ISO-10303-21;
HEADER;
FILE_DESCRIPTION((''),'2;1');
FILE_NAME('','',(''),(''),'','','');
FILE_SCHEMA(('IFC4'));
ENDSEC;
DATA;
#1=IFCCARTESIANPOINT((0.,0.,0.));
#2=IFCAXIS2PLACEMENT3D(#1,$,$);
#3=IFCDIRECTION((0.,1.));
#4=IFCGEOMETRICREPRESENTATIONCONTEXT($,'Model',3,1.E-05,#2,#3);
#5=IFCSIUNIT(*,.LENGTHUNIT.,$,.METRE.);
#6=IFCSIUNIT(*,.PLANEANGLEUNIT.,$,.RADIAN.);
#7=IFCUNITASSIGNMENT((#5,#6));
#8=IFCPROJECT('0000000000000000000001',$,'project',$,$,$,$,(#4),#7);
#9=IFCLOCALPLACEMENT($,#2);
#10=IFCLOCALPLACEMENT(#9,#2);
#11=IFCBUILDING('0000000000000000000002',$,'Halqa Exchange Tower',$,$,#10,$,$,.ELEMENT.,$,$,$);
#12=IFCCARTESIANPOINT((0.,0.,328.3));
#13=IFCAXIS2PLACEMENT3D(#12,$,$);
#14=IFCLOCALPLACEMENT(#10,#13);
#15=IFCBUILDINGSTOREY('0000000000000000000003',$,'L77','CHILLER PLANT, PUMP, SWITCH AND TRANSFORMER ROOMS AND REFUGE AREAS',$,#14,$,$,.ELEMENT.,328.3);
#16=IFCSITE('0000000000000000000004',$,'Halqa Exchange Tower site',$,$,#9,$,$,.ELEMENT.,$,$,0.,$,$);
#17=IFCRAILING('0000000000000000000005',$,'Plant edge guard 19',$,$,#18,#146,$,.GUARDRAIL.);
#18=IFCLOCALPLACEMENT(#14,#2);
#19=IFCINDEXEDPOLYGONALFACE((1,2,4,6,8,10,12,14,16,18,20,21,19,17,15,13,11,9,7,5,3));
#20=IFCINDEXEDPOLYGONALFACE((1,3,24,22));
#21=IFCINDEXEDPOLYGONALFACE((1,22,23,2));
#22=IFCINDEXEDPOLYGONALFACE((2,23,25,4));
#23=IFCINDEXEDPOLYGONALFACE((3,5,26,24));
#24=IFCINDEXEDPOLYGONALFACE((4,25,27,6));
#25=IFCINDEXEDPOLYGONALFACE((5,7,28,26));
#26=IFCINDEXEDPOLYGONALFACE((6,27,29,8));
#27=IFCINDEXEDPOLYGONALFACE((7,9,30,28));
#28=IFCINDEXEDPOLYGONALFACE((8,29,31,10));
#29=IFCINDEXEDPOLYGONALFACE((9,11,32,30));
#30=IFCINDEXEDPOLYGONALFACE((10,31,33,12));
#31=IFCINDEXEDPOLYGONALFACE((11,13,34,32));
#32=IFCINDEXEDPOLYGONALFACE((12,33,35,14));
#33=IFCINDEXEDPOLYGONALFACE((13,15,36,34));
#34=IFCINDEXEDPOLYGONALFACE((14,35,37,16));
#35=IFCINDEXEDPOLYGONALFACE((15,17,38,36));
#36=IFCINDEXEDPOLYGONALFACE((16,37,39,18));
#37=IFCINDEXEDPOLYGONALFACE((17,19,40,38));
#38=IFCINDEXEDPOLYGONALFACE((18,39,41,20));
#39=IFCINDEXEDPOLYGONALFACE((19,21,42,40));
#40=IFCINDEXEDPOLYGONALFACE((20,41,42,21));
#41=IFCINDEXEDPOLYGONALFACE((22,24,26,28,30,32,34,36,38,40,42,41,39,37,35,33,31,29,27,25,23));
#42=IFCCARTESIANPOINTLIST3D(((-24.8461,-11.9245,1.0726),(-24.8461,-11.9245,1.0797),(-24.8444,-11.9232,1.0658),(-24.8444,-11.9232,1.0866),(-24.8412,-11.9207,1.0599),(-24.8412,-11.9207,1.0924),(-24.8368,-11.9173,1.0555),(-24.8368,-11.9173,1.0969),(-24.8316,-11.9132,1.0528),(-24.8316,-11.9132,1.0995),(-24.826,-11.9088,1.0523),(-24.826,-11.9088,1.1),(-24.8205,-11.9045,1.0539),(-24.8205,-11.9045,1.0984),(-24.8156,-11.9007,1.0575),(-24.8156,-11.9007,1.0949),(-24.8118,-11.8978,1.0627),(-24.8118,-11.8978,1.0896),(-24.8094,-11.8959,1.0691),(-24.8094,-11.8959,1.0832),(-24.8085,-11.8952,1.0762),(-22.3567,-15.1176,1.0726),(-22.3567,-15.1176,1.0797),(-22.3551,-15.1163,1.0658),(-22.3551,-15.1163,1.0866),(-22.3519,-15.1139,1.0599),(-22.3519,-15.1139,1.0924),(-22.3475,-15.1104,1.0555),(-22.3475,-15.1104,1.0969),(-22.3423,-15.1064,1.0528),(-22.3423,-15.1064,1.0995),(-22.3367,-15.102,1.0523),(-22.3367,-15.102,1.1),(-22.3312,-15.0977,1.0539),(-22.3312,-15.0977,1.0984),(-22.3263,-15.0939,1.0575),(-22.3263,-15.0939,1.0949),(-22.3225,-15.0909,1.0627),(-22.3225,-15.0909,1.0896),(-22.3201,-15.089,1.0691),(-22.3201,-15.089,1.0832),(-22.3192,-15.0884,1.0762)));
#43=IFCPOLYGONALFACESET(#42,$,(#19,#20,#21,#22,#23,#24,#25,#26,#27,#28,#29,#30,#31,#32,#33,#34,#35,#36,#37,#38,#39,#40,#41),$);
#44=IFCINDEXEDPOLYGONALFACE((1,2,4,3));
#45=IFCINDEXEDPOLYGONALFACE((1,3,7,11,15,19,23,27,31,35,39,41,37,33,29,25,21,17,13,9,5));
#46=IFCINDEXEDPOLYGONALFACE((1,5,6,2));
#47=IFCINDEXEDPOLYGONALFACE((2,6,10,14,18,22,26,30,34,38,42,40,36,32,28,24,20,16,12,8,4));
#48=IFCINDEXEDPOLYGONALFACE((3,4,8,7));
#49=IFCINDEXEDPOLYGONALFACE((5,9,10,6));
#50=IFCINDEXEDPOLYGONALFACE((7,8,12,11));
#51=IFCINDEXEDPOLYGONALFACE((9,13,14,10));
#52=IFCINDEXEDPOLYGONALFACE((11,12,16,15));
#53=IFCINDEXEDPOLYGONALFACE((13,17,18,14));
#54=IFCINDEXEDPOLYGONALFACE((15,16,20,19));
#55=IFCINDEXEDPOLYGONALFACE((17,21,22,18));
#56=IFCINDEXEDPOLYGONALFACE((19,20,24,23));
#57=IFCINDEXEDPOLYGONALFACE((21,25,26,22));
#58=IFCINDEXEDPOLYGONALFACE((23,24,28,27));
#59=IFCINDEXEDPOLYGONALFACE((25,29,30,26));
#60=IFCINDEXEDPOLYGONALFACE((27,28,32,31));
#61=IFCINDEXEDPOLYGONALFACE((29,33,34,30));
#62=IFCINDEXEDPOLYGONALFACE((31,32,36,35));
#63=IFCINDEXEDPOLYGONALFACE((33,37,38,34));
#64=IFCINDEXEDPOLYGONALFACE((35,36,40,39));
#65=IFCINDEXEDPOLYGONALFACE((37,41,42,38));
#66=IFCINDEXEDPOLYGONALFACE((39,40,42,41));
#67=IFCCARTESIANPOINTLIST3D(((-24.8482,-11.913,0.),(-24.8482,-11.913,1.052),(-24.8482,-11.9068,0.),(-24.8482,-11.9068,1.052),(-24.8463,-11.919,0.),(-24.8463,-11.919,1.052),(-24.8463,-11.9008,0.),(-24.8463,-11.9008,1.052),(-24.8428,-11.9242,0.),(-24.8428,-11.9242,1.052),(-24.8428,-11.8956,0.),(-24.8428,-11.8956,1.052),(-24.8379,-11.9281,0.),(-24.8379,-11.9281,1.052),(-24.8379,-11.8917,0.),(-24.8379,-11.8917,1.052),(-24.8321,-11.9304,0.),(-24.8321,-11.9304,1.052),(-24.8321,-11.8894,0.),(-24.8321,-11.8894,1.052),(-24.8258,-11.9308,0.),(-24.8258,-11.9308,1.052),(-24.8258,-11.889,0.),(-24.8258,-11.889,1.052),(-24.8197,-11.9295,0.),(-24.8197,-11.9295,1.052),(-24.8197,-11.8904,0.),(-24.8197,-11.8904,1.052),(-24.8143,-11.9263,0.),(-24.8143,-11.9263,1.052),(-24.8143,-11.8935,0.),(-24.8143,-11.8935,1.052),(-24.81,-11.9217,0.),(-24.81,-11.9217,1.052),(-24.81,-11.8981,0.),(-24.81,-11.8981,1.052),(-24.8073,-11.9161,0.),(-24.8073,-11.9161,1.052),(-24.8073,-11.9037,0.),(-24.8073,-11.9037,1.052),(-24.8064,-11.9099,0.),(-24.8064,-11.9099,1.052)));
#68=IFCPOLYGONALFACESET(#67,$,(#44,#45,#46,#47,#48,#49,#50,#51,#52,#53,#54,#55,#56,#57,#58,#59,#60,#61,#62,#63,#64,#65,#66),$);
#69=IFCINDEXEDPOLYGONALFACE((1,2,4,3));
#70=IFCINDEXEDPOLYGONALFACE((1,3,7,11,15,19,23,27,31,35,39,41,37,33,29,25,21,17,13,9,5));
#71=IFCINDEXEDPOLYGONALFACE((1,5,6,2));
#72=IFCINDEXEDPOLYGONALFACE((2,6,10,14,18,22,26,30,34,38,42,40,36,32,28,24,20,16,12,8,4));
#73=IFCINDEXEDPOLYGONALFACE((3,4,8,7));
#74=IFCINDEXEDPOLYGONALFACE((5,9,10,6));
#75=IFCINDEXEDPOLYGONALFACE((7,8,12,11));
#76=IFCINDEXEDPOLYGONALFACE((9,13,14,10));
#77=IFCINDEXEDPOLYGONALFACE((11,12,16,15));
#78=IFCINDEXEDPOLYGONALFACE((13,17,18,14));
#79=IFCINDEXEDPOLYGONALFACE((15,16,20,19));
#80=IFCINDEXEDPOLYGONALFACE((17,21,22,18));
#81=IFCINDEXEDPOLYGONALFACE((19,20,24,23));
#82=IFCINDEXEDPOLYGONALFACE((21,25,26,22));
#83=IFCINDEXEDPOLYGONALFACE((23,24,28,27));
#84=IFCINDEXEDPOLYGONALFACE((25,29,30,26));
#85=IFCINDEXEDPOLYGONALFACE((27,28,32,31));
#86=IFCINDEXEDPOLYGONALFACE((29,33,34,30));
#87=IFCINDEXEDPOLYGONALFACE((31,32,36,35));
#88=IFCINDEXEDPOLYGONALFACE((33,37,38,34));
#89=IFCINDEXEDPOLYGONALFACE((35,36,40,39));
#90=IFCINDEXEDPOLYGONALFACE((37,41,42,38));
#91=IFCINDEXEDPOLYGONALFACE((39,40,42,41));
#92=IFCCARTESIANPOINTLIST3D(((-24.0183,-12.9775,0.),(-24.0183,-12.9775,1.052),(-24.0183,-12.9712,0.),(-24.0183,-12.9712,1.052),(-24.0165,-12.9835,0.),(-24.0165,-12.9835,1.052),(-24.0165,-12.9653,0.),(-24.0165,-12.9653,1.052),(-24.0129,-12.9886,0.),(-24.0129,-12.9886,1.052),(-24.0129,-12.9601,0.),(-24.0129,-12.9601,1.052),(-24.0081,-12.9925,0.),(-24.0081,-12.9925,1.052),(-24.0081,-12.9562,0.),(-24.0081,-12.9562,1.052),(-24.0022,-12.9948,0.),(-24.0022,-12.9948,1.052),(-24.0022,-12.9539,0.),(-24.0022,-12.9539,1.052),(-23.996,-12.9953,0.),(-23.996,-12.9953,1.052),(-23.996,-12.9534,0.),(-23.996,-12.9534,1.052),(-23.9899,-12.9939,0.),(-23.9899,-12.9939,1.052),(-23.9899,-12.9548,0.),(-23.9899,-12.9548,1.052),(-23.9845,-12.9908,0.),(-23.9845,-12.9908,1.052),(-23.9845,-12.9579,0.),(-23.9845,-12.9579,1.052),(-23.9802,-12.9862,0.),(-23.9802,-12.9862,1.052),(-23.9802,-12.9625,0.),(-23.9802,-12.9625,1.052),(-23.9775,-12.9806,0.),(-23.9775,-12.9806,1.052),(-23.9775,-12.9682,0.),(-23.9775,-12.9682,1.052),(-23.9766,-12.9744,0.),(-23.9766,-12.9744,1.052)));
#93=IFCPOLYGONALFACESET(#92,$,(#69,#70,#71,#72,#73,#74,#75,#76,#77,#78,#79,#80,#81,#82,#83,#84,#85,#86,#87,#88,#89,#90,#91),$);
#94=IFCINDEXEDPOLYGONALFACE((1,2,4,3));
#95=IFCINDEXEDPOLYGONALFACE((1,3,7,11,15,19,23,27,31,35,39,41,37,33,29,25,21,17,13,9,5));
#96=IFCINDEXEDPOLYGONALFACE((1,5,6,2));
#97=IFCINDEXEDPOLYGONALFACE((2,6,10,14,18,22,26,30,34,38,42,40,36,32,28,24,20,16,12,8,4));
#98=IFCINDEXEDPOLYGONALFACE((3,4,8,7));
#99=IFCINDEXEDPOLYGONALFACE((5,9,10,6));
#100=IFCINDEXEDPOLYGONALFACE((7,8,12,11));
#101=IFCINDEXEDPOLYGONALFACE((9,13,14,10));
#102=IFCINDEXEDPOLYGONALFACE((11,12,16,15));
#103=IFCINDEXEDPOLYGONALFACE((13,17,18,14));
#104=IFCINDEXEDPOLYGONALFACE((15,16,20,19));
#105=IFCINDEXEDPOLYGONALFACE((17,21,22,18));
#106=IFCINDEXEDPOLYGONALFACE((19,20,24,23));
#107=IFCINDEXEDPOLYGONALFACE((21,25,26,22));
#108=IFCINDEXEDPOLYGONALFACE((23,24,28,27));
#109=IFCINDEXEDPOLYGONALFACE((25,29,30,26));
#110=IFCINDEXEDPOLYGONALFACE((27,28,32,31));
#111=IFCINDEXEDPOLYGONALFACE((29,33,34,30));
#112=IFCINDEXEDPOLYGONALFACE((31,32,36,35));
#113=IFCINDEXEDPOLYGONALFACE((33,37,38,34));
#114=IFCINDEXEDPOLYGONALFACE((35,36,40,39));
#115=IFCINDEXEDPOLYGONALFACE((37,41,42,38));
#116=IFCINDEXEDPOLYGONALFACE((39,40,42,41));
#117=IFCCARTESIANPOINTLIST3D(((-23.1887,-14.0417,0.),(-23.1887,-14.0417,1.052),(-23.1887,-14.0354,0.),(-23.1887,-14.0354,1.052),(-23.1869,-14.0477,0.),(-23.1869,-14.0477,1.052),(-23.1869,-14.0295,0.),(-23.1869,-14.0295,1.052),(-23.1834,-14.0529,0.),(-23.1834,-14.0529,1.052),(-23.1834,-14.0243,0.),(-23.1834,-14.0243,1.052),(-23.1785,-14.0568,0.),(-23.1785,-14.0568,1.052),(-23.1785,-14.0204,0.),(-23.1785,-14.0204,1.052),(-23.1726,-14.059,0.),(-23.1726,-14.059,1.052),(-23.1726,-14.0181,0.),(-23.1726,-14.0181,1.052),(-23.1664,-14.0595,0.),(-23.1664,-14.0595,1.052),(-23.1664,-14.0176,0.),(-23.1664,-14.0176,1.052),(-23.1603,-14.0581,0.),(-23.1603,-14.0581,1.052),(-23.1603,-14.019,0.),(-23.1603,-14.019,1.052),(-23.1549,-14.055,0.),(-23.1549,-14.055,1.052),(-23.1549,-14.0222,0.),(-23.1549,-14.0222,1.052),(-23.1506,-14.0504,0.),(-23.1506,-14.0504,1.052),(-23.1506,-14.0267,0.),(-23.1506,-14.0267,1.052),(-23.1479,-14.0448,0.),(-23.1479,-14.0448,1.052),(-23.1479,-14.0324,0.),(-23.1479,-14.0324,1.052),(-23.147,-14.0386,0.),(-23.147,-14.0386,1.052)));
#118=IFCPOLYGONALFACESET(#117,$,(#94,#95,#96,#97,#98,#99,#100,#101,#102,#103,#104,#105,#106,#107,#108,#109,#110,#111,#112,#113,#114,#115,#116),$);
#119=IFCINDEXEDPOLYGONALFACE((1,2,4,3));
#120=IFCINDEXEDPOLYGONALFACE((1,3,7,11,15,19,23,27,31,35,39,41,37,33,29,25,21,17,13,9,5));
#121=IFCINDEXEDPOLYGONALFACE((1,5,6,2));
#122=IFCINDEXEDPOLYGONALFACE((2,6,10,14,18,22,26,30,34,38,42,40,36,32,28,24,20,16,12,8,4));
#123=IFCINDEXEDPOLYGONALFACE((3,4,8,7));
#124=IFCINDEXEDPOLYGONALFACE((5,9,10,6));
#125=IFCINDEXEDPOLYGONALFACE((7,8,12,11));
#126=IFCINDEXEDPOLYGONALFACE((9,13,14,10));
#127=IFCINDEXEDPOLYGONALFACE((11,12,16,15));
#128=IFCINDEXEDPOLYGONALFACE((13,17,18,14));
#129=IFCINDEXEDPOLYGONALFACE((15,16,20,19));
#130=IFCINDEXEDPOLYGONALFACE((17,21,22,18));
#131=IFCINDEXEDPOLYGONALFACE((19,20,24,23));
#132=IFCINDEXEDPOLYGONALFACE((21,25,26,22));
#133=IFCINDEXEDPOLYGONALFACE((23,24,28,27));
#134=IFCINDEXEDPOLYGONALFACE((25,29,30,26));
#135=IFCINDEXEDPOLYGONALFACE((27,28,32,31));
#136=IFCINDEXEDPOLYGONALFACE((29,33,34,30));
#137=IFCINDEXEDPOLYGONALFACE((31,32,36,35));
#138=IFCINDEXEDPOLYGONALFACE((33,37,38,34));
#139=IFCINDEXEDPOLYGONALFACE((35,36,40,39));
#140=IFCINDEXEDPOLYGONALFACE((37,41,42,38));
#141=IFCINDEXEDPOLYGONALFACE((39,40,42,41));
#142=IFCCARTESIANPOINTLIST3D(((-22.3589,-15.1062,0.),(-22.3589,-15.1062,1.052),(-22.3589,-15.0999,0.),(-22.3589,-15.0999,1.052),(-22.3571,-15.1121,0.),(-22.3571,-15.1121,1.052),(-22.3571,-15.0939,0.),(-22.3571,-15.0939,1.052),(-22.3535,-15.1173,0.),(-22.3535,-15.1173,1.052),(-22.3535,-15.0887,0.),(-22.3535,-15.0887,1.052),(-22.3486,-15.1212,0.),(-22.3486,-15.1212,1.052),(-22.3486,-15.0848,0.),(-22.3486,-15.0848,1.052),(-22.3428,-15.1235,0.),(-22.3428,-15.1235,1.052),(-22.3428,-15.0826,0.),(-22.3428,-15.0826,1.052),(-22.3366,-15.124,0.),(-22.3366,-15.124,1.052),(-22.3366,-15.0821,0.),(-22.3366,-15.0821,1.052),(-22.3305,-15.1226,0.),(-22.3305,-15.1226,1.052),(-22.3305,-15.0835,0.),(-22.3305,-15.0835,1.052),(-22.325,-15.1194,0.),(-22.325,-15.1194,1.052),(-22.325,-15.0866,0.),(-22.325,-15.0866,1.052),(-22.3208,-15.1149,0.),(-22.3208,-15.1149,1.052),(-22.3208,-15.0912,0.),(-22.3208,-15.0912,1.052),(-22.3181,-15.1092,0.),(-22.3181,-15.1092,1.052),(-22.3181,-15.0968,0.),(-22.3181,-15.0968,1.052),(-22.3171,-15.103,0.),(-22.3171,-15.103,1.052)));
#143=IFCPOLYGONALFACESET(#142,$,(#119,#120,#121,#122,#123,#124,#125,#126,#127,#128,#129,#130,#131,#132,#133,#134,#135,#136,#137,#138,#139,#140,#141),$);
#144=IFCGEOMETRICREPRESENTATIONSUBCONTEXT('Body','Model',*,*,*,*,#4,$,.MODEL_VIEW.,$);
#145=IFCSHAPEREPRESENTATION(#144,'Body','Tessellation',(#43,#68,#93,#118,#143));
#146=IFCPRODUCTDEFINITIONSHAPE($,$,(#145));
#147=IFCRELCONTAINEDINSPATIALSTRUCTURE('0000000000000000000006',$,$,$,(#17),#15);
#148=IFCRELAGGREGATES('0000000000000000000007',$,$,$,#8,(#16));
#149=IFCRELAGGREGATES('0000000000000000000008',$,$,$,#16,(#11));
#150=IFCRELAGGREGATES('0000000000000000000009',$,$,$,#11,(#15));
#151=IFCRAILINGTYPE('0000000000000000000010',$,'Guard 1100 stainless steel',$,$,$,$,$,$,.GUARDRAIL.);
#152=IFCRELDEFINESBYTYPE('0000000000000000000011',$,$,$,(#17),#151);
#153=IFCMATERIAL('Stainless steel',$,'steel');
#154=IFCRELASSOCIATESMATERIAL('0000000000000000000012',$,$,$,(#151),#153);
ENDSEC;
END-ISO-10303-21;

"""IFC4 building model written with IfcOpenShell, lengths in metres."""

from ifc_helpers import new_model, si_unit, direction, frame, origin, origin_2d, place, context, subcontext, project, spatial, circle, extrude, material, type_object, element, save


model = new_model("IFC4")

# Units and contexts
model_context = context("Model", 3, precision=1e-05, world=origin(), true_north=direction((0.0, 1.0)))
body_context = subcontext(model_context, "Body", "Model", "MODEL_VIEW")
ifc_project = project(units=[si_unit("LENGTHUNIT", "METRE"), si_unit("PLANEANGLEUNIT", "RADIAN")], contexts=[model_context])

# Site, building, storey
site_placement = place(None, origin())
site = spatial("IfcSite", under=ifc_project, at=site_placement, Name="Halqa Exchange Tower site", CompositionType="ELEMENT", RefElevation=0.0)
building_placement = place(site_placement, origin())
building = spatial("IfcBuilding", under=site, at=building_placement, Name="Halqa Exchange Tower", CompositionType="ELEMENT")
storey_placement = place(building_placement, frame((0.0, 0.0, 328.3)))
storey = spatial("IfcBuildingStorey", under=building, at=storey_placement, Name="L77", Description="CHILLER PLANT, PUMP, SWITCH AND TRANSFORMER ROOMS AND REFUGE AREAS", CompositionType="ELEMENT", Elevation=328.3)

# Railing
ifc_material_1 = material(Name="Stainless steel", Category="steel")
railing_type = type_object("IfcRailingType", Name="Guard 1100 stainless steel", PredefinedType="GUARDRAIL", material=ifc_material_1)
railing_1_placement = place(storey_placement, frame((-24.8274, -11.9099, 0.0)))
element("IfcRailing", 1, at=railing_1_placement, inside=storey, type_object=railing_type, Name="Plant edge guard 19", PredefinedType="GUARDRAIL", context=body_context, shape_type="SweptSolid", body=[
    extrude(circle(Radius=0.0239, at=origin_2d()), frame((0.0, 0.0, 1.0762), z_axis=(0.614821, -0.788667, 0.0), x_axis=(0.788667, 0.614821, 0.0)), (0.0, 0.0, 1.0), 4.0488),
    extrude(circle(Radius=0.021, at=origin_2d()), origin(), (0.0, 0.0, 1.0), 1.052),
    extrude(circle(Radius=0.021, at=origin_2d()), frame((0.8298, -1.0645, 0.0)), (0.0, 0.0, 1.0), 1.052),
    extrude(circle(Radius=0.021, at=origin_2d()), frame((1.6594, -2.1287, 0.0)), (0.0, 0.0, 1.0), 1.052),
    extrude(circle(Radius=0.021, at=origin_2d()), frame((2.4893, -3.1931, 0.0)), (0.0, 0.0, 1.0), 1.052),
])

save(model, "model.ifc")
